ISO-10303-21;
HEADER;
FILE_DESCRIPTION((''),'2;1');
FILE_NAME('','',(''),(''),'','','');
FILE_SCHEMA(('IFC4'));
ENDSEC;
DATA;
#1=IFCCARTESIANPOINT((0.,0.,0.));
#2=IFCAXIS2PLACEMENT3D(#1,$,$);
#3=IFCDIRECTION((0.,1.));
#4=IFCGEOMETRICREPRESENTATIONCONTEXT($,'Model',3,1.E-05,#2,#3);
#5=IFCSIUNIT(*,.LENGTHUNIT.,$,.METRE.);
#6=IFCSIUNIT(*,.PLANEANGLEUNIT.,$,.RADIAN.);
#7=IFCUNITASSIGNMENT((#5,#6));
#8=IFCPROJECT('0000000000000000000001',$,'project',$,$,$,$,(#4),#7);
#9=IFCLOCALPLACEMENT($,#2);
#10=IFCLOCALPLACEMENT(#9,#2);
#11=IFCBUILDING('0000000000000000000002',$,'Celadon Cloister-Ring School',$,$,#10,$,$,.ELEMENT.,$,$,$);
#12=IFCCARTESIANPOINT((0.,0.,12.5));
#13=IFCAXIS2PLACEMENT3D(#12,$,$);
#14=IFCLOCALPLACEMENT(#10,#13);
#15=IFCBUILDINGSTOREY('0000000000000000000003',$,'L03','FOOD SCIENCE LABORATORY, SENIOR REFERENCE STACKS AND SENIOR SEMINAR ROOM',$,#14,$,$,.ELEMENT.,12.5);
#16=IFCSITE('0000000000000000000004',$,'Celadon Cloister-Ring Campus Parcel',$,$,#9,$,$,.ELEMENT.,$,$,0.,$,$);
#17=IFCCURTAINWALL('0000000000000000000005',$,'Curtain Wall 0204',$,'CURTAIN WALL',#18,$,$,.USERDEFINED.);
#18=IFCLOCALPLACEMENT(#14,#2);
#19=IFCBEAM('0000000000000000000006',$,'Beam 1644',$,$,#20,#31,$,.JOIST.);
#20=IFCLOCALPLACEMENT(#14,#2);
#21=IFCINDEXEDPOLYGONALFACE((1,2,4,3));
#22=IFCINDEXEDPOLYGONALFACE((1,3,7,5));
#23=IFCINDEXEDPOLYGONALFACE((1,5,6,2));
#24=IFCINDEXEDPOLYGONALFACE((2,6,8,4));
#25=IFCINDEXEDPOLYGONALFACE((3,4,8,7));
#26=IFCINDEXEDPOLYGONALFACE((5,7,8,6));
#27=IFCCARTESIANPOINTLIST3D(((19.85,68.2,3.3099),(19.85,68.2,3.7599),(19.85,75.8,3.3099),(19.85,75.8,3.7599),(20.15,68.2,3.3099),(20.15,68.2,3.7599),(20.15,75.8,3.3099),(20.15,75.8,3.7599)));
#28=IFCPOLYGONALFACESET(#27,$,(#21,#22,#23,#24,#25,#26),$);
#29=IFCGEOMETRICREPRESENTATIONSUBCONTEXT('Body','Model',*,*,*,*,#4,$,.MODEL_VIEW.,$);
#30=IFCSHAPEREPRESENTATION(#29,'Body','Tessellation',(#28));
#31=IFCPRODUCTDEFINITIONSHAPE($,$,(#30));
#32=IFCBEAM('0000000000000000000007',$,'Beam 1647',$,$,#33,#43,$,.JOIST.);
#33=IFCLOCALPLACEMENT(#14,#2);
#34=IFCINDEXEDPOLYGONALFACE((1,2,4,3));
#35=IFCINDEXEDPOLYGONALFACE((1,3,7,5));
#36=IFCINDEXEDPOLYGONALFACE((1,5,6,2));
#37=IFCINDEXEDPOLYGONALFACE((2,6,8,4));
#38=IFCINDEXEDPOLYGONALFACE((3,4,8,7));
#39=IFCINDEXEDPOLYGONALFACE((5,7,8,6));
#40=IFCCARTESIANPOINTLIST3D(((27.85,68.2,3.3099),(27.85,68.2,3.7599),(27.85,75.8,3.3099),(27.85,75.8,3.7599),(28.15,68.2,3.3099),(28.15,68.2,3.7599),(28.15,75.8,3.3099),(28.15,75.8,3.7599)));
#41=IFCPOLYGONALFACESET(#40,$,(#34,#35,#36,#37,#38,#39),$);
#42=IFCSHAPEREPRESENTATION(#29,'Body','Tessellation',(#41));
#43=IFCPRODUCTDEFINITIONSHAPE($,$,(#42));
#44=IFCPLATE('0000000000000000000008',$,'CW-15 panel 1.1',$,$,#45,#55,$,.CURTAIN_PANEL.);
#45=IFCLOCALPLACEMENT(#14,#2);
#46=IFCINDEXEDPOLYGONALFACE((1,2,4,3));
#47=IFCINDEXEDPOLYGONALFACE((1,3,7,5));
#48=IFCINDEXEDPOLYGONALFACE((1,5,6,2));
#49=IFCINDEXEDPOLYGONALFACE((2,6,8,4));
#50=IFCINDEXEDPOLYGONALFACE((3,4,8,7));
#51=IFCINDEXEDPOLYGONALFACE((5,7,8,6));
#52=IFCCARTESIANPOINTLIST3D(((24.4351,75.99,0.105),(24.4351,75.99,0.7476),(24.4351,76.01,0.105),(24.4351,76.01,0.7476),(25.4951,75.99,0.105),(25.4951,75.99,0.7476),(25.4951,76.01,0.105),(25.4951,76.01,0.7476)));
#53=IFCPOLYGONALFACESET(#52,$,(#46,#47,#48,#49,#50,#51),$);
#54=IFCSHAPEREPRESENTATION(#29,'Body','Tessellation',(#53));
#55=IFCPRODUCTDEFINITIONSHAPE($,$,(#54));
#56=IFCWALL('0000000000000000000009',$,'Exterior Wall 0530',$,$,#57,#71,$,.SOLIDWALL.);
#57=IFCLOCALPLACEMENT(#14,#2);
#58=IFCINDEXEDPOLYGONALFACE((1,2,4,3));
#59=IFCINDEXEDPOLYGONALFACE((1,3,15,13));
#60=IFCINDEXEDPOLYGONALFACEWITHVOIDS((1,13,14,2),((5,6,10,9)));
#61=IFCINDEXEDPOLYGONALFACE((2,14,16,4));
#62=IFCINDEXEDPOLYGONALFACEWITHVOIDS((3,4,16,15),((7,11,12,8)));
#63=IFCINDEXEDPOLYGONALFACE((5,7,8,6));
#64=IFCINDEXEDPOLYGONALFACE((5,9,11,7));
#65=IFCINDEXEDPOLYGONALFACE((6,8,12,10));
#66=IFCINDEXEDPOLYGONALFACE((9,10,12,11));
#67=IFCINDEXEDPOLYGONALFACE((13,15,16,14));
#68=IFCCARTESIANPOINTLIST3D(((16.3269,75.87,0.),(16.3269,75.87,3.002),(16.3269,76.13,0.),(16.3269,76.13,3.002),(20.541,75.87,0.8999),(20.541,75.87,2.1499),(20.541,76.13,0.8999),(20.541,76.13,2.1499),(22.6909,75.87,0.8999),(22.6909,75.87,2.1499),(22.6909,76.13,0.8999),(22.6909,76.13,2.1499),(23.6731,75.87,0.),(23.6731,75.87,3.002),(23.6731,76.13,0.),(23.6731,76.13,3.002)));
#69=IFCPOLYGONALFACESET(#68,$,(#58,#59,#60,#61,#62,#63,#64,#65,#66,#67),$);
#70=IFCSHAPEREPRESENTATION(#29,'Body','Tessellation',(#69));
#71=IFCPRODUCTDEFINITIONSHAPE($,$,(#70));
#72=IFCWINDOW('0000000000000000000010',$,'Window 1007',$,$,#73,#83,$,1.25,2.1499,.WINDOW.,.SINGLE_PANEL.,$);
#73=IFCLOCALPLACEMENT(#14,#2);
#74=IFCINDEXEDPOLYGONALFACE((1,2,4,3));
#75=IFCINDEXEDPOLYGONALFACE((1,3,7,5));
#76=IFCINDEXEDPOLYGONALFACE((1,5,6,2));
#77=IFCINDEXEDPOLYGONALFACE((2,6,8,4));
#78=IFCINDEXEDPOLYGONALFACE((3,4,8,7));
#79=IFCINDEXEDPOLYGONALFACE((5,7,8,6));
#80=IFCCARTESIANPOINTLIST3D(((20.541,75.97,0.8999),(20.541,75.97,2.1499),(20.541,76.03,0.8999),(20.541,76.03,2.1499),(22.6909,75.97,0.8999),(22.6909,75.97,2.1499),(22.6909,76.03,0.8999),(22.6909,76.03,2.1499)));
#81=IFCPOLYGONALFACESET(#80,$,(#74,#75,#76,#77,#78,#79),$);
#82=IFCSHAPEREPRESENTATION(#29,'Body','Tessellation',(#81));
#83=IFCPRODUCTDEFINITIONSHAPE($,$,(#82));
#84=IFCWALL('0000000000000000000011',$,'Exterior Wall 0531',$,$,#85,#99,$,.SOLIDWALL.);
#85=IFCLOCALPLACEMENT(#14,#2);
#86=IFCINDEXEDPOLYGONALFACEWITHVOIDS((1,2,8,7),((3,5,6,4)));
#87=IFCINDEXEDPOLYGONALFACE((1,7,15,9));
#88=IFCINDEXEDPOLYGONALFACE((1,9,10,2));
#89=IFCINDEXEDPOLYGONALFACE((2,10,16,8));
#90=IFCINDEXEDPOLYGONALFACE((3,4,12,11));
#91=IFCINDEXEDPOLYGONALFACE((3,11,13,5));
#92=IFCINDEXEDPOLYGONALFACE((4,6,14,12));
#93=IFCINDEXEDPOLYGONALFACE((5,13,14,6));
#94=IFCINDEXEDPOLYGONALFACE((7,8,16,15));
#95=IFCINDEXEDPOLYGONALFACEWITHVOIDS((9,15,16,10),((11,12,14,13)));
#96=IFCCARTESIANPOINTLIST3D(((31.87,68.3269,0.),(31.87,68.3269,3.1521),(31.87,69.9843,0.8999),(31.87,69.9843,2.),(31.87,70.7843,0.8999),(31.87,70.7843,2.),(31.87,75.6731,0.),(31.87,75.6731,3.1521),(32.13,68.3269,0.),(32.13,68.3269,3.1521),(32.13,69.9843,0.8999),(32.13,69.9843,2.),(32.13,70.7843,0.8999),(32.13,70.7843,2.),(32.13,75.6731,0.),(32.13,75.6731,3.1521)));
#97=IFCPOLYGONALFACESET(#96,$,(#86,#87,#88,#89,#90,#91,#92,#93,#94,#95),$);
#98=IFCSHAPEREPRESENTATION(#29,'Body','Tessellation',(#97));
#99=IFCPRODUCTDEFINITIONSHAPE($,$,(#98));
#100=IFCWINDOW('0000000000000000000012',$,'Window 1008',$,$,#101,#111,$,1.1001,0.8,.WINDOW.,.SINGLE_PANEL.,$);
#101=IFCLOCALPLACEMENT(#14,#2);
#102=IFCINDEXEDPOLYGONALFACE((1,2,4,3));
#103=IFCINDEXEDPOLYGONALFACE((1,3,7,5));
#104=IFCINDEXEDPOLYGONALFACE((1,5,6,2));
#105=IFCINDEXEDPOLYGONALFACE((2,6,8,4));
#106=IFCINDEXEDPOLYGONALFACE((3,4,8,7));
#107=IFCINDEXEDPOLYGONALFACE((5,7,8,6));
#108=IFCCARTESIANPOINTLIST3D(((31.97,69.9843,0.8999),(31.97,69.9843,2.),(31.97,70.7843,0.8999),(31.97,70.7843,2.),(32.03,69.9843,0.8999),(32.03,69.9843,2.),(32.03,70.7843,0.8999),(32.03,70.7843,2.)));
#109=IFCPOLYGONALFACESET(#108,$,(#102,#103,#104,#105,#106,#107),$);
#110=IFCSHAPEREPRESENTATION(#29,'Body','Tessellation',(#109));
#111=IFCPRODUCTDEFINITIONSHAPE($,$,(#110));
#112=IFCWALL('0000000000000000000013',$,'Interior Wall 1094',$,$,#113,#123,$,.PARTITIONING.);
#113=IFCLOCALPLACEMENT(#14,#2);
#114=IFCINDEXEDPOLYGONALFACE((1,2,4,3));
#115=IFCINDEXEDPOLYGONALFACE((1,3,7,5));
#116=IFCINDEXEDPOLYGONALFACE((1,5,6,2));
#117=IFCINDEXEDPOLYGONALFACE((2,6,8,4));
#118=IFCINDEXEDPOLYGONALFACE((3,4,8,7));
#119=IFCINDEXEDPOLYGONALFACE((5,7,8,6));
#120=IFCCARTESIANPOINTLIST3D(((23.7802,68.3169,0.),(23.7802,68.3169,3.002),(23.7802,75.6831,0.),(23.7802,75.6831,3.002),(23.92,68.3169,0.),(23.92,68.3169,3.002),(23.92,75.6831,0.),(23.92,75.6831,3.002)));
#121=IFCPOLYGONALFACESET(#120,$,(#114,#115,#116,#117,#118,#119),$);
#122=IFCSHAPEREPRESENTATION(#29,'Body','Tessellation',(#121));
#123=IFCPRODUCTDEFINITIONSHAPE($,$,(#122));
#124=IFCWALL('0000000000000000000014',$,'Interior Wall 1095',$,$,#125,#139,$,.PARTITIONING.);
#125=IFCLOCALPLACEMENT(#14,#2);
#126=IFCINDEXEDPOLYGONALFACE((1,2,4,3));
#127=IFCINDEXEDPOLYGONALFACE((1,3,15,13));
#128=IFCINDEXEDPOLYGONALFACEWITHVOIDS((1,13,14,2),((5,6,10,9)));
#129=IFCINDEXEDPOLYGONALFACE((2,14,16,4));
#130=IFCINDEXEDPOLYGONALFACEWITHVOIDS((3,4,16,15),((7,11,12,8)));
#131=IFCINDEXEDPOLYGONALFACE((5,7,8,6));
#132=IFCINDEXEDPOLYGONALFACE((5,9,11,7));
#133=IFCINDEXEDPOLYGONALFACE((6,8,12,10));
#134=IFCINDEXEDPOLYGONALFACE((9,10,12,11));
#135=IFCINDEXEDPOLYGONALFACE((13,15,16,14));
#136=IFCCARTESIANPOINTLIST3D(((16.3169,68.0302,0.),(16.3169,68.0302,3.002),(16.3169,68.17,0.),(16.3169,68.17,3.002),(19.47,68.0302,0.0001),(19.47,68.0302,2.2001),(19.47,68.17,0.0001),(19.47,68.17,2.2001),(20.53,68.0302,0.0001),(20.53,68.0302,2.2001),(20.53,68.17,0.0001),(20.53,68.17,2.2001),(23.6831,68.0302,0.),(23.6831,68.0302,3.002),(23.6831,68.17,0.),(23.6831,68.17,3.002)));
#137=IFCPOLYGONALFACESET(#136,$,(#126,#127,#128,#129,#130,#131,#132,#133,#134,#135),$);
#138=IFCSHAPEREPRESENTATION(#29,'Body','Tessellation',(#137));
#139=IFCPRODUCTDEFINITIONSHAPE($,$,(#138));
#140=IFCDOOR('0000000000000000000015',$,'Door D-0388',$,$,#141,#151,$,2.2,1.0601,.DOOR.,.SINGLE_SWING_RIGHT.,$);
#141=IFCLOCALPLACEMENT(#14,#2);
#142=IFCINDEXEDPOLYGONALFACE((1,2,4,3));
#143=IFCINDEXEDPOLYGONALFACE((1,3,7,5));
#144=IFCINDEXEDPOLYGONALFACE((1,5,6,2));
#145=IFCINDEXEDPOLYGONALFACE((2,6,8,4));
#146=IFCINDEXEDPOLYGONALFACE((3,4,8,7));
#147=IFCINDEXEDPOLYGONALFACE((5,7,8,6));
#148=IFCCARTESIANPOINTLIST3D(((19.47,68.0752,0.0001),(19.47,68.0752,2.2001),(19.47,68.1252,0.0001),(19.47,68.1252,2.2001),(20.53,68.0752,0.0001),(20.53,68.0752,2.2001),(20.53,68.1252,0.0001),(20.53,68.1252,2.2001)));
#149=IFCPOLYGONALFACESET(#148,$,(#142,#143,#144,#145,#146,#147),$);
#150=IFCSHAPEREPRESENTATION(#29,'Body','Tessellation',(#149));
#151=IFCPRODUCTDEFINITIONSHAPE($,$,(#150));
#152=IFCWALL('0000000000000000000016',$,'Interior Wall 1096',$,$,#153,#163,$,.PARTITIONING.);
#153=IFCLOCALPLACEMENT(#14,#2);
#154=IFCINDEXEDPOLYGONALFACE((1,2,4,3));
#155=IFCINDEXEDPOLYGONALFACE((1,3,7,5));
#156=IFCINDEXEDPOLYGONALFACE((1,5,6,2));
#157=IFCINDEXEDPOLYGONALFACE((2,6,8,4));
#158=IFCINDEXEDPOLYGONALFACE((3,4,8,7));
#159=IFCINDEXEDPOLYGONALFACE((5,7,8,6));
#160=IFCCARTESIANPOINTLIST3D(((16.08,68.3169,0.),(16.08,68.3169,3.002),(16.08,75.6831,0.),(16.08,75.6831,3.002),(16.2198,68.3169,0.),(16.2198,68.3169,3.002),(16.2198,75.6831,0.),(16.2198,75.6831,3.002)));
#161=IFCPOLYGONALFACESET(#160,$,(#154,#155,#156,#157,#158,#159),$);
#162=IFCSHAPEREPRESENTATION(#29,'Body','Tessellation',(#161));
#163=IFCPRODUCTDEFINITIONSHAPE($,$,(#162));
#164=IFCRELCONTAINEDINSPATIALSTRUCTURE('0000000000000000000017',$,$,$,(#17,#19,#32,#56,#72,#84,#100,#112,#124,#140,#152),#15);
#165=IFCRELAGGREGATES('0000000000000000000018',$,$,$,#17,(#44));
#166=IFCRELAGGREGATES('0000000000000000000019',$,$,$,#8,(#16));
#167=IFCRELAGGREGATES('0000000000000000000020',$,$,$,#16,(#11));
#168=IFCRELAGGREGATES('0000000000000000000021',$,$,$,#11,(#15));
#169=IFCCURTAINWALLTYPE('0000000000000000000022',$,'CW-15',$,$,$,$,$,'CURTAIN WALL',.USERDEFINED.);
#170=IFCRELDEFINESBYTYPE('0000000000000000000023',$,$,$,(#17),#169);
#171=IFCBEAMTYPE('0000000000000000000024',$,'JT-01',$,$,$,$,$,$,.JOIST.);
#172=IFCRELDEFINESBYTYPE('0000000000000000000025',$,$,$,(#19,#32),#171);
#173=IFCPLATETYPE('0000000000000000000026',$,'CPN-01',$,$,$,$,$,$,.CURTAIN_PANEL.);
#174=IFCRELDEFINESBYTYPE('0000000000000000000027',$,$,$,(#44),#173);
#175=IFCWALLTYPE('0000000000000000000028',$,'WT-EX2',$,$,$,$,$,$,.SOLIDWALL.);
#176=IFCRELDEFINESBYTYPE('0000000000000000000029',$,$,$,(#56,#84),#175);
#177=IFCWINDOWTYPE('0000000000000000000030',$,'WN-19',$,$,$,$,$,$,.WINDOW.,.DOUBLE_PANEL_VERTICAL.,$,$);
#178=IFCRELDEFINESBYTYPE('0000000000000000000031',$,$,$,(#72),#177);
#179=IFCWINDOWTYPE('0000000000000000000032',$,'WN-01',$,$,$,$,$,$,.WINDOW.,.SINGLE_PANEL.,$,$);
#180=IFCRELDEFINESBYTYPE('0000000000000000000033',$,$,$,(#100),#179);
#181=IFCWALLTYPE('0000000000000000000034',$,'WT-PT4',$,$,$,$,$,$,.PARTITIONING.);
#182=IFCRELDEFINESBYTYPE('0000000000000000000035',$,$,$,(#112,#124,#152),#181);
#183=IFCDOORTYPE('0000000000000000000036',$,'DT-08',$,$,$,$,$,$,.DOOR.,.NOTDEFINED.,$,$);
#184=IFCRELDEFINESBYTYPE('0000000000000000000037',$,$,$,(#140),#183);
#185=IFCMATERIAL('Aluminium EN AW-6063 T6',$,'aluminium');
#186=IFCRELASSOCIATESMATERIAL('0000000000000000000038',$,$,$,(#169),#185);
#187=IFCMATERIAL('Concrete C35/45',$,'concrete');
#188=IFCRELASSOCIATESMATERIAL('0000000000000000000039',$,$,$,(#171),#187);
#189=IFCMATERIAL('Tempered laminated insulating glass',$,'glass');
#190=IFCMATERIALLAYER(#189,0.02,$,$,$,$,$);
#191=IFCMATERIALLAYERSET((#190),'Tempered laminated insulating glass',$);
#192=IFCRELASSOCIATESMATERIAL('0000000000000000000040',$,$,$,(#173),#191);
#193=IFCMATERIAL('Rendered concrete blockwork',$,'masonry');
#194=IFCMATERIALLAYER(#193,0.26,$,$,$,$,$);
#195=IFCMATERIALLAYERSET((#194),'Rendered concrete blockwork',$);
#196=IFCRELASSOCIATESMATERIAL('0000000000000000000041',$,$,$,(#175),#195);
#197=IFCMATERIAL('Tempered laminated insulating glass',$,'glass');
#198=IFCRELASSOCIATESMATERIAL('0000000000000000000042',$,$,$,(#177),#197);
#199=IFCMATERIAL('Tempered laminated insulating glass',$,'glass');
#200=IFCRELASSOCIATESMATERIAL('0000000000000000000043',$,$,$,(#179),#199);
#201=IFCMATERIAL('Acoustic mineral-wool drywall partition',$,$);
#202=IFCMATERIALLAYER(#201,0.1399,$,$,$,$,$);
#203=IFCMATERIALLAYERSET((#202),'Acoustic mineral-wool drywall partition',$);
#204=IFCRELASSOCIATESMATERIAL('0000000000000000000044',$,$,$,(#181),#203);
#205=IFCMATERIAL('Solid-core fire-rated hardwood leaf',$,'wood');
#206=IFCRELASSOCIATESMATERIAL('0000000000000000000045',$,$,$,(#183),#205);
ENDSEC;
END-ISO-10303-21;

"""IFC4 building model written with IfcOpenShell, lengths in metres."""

from ifc_helpers import new_model, si_unit, direction, frame, frame_2d, origin, origin_2d, place, context, subcontext, project, spatial, rectangle, extrude, material, layer, layer_set, material_profile, profile_set, type_object, element, fill, aggregate, save


model = new_model("IFC4")

# Units and contexts
model_context = context("Model", 3, precision=1e-05, world=origin(), true_north=direction((0.0, 1.0)))
body_context = subcontext(model_context, "Body", "Model", "MODEL_VIEW")
ifc_project = project(units=[si_unit("LENGTHUNIT", "METRE"), si_unit("PLANEANGLEUNIT", "RADIAN")], contexts=[model_context])

# Site, building, storey
site_placement = place(None, origin())
site = spatial("IfcSite", under=ifc_project, at=site_placement, Name="Celadon Cloister-Ring Campus Parcel", CompositionType="ELEMENT", RefElevation=0.0)
building_placement = place(site_placement, origin())
building = spatial("IfcBuilding", under=site, at=building_placement, Name="Celadon Cloister-Ring School", CompositionType="ELEMENT")
storey_placement = place(building_placement, frame((0.0, 0.0, 12.5)))
storey = spatial("IfcBuildingStorey", under=building, at=storey_placement, Name="L03", Description="FOOD SCIENCE LABORATORY, SENIOR REFERENCE STACKS AND SENIOR SEMINAR ROOM", CompositionType="ELEMENT", Elevation=12.5)

# Curtain wall
ifc_material_1 = material(Name="Aluminium EN AW-6063 T6", Category="aluminium")
curtain_wall_type = type_object("IfcCurtainWallType", Name="CW-15", ElementType="CURTAIN WALL", PredefinedType="USERDEFINED", material=ifc_material_1)
curtain_wall_placement = place(storey_placement, origin())
curtain_wall = element("IfcCurtainWall", 1, at=curtain_wall_placement, inside=storey, type_object=curtain_wall_type, Name="Curtain Wall 0204", ObjectType="CURTAIN WALL", PredefinedType="USERDEFINED")

# Beams
ifc_material_2 = material(Name="Concrete C35/45", Category="concrete")
ifc_material_profile_1 = material_profile(ifc_material_2, rectangle(XDim=0.3, YDim=0.45, at=origin_2d()), Name="RC300X450")
ifc_profile_set_1 = profile_set([ifc_material_profile_1], Name="Concrete C35/45")
beam_type_1 = type_object("IfcBeamType", Name="JT-01", PredefinedType="JOIST", material=ifc_profile_set_1)
for number, where, z_axis, x_axis, name in (
    (2, (20.0, 68.2, 3.5349), (0.0, 1.0, 0.0), (-1.0, 0.0, 0.0), "Beam 1644"),
    (3, (28.0, 68.2, 3.5349), (0.0, 1.0, 0.0), (-1.0, 0.0, 0.0), "Beam 1647"),
):
    element("IfcBeam", number, at=place(storey_placement, frame(where, z_axis=z_axis, x_axis=x_axis)), inside=storey, type_object=beam_type_1, Name=name, PredefinedType="JOIST", context=body_context, shape_type="SweptSolid", body=[
        extrude(rectangle(XDim=0.3, YDim=0.45, at=origin_2d()), origin(), (0.0, 0.0, 1.0), 7.6001),
    ])

# Plate
ifc_material_3 = material(Name="Tempered laminated insulating glass", Category="glass")
ifc_layer_1 = layer(ifc_material_3, 0.02)
ifc_layer_set_1 = layer_set([ifc_layer_1], Name="Tempered laminated insulating glass")
plate_type = type_object("IfcPlateType", Name="CPN-01", PredefinedType="CURTAIN_PANEL", material=ifc_layer_set_1)
plate_placement = place(storey_placement, frame((24.9651, 76.0, 0.105), z_axis=(0.0, 0.0, 1.0), x_axis=(1.0, 0.0, 0.0)))
plate = element("IfcPlate", 4, at=plate_placement, type_object=plate_type, Name="CW-15 panel 1.1", PredefinedType="CURTAIN_PANEL", context=body_context, shape_type="SweptSolid", body=[
    extrude(rectangle(XDim=1.0601, YDim=0.02, at=origin_2d()), origin(), (0.0, 0.0, 1.0), 0.6426),
])
aggregate(curtain_wall, [plate])

# Walls, openings, windows
ifc_material_4 = material(Name="Rendered concrete blockwork", Category="masonry")
ifc_layer_2 = layer(ifc_material_4, 0.26)
ifc_layer_set_2 = layer_set([ifc_layer_2], Name="Rendered concrete blockwork")
wall_type_1 = type_object("IfcWallType", Name="WT-EX2", PredefinedType="SOLIDWALL", material=ifc_layer_set_2)
wall_1_placement = place(storey_placement, frame((16.3269, 76.0, 0.0), z_axis=(0.0, 0.0, 1.0), x_axis=(1.0, 0.0, 0.0)))
wall_1 = element("IfcWall", 5, at=wall_1_placement, inside=storey, type_object=wall_type_1, Name="Exterior Wall 0530", PredefinedType="SOLIDWALL", context=body_context, shape_type="SweptSolid", body=[
    extrude(rectangle(XDim=7.3462, YDim=0.26, at=frame_2d((3.6731, 0.0))), origin(), (0.0, 0.0, 1.0), 3.002),
])
opening_1_placement = place(wall_1_placement, frame((4.2141, 0.0, 0.8999)))
opening_1 = element("IfcOpeningElement", 6, at=opening_1_placement, cuts=wall_1, PredefinedType="OPENING", context=body_context, shape_type="SweptSolid", body=[
    extrude(rectangle(XDim=2.1499, YDim=1.25, at=frame_2d((1.075, 0.625))), frame((0.0, 0.1401, 0.0), z_axis=(0.0, -1.0, 0.0), x_axis=(1.0, 0.0, 0.0)), (0.0, 0.0, 1.0), 0.28),
])
ifc_material_5 = material(Name="Tempered laminated insulating glass", Category="glass")
window_type_1 = type_object("IfcWindowType", Name="WN-19", PartitioningType="DOUBLE_PANEL_VERTICAL", PredefinedType="WINDOW", material=ifc_material_5)
window_1_placement = place(opening_1_placement, origin())
window_1 = element("IfcWindow", 7, at=window_1_placement, inside=storey, type_object=window_type_1, Name="Window 1007", OverallHeight=1.25, OverallWidth=2.1499, PartitioningType="SINGLE_PANEL", PredefinedType="WINDOW", context=body_context, shape_type="SweptSolid", body=[
    extrude(rectangle(XDim=2.1499, YDim=1.25, at=frame_2d((1.075, 0.625))), frame((0.0, 0.03, 0.0), z_axis=(0.0, -1.0, 0.0), x_axis=(1.0, 0.0, 0.0)), (0.0, 0.0, 1.0), 0.0601),
])
fill(opening_1, window_1)
wall_2_placement = place(storey_placement, frame((32.0, 75.6731, 0.0), z_axis=(0.0, 0.0, 1.0), x_axis=(0.0, -1.0, 0.0)))
wall_2 = element("IfcWall", 8, at=wall_2_placement, inside=storey, type_object=wall_type_1, Name="Exterior Wall 0531", PredefinedType="SOLIDWALL", context=body_context, shape_type="SweptSolid", body=[
    extrude(rectangle(XDim=7.3462, YDim=0.26, at=frame_2d((3.6731, 0.0))), origin(), (0.0, 0.0, 1.0), 3.1521),
])
opening_2_placement = place(wall_2_placement, frame((4.8889, 0.0, 0.8999)))
opening_2 = element("IfcOpeningElement", 9, at=opening_2_placement, cuts=wall_2, PredefinedType="OPENING", context=body_context, shape_type="SweptSolid", body=[
    extrude(rectangle(XDim=0.8, YDim=1.1001, at=frame_2d((0.3999, 0.55))), frame((0.0, 0.1401, 0.0), z_axis=(0.0, -1.0, 0.0), x_axis=(1.0, 0.0, 0.0)), (0.0, 0.0, 1.0), 0.28),
])
ifc_material_6 = material(Name="Tempered laminated insulating glass", Category="glass")
window_type_2 = type_object("IfcWindowType", Name="WN-01", PartitioningType="SINGLE_PANEL", PredefinedType="WINDOW", material=ifc_material_6)
window_2_placement = place(opening_2_placement, origin())
window_2 = element("IfcWindow", 10, at=window_2_placement, inside=storey, type_object=window_type_2, Name="Window 1008", OverallHeight=1.1001, OverallWidth=0.8, PartitioningType="SINGLE_PANEL", PredefinedType="WINDOW", context=body_context, shape_type="SweptSolid", body=[
    extrude(rectangle(XDim=0.8, YDim=1.1001, at=frame_2d((0.3999, 0.55))), frame((0.0, 0.03, 0.0), z_axis=(0.0, -1.0, 0.0), x_axis=(1.0, 0.0, 0.0)), (0.0, 0.0, 1.0), 0.0601),
])
fill(opening_2, window_2)

# Wall
ifc_material_7 = material(Name="Acoustic mineral-wool drywall partition")
ifc_layer_3 = layer(ifc_material_7, 0.1399)
ifc_layer_set_3 = layer_set([ifc_layer_3], Name="Acoustic mineral-wool drywall partition")
wall_type_2 = type_object("IfcWallType", Name="WT-PT4", PredefinedType="PARTITIONING", material=ifc_layer_set_3)
wall_3_placement = place(storey_placement, frame((23.8501, 75.6831, 0.0), z_axis=(0.0, 0.0, 1.0), x_axis=(0.0, -1.0, 0.0)))
element("IfcWall", 11, at=wall_3_placement, inside=storey, type_object=wall_type_2, Name="Interior Wall 1094", PredefinedType="PARTITIONING", context=body_context, shape_type="SweptSolid", body=[
    extrude(rectangle(XDim=7.3662, YDim=0.1399, at=frame_2d((3.6831, 0.0))), origin(), (0.0, 0.0, 1.0), 3.002),
])

# Wall, opening, door
wall_4_placement = place(storey_placement, frame((23.6831, 68.1001, 0.0), z_axis=(0.0, 0.0, 1.0), x_axis=(-1.0, 0.0, 0.0)))
wall_4 = element("IfcWall", 12, at=wall_4_placement, inside=storey, type_object=wall_type_2, Name="Interior Wall 1095", PredefinedType="PARTITIONING", context=body_context, shape_type="SweptSolid", body=[
    extrude(rectangle(XDim=7.3662, YDim=0.1399, at=frame_2d((3.6831, 0.0))), origin(), (0.0, 0.0, 1.0), 3.002),
])
opening_3_placement = place(wall_4_placement, frame((3.1531, 0.0, 0.0)))
opening_3 = element("IfcOpeningElement", 13, at=opening_3_placement, cuts=wall_4, PredefinedType="OPENING", context=body_context, shape_type="SweptSolid", body=[
    extrude(rectangle(XDim=1.0601, YDim=2.2, at=frame_2d((0.53, 1.1001))), frame((0.0, 0.0801, 0.0), z_axis=(0.0, -1.0, 0.0), x_axis=(1.0, 0.0, 0.0)), (0.0, 0.0, 1.0), 0.1599),
])
ifc_material_8 = material(Name="Solid-core fire-rated hardwood leaf", Category="wood")
door_type_1 = type_object("IfcDoorType", Name="DT-08", OperationType="NOTDEFINED", PredefinedType="DOOR", material=ifc_material_8)
door_1_placement = place(opening_3_placement, origin())
door_1 = element("IfcDoor", 14, at=door_1_placement, inside=storey, type_object=door_type_1, Name="Door D-0388", OperationType="SINGLE_SWING_RIGHT", OverallHeight=2.2, OverallWidth=1.0601, PredefinedType="DOOR", context=body_context, shape_type="SweptSolid", body=[
    extrude(rectangle(XDim=1.0601, YDim=2.2, at=frame_2d((0.53, 1.1001))), frame((0.0, 0.0249, 0.0), z_axis=(0.0, -1.0, 0.0), x_axis=(1.0, 0.0, 0.0)), (0.0, 0.0, 1.0), 0.05),
])
fill(opening_3, door_1)

# Wall
wall_5_placement = place(storey_placement, frame((16.1499, 68.3169, 0.0), z_axis=(0.0, 0.0, 1.0), x_axis=(0.0, 1.0, 0.0)))
element("IfcWall", 15, at=wall_5_placement, inside=storey, type_object=wall_type_2, Name="Interior Wall 1096", PredefinedType="PARTITIONING", context=body_context, shape_type="SweptSolid", body=[
    extrude(rectangle(XDim=7.3662, YDim=0.1399, at=frame_2d((3.6831, 0.0))), origin(), (0.0, 0.0, 1.0), 3.002),
])

save(model, "model.ifc")
